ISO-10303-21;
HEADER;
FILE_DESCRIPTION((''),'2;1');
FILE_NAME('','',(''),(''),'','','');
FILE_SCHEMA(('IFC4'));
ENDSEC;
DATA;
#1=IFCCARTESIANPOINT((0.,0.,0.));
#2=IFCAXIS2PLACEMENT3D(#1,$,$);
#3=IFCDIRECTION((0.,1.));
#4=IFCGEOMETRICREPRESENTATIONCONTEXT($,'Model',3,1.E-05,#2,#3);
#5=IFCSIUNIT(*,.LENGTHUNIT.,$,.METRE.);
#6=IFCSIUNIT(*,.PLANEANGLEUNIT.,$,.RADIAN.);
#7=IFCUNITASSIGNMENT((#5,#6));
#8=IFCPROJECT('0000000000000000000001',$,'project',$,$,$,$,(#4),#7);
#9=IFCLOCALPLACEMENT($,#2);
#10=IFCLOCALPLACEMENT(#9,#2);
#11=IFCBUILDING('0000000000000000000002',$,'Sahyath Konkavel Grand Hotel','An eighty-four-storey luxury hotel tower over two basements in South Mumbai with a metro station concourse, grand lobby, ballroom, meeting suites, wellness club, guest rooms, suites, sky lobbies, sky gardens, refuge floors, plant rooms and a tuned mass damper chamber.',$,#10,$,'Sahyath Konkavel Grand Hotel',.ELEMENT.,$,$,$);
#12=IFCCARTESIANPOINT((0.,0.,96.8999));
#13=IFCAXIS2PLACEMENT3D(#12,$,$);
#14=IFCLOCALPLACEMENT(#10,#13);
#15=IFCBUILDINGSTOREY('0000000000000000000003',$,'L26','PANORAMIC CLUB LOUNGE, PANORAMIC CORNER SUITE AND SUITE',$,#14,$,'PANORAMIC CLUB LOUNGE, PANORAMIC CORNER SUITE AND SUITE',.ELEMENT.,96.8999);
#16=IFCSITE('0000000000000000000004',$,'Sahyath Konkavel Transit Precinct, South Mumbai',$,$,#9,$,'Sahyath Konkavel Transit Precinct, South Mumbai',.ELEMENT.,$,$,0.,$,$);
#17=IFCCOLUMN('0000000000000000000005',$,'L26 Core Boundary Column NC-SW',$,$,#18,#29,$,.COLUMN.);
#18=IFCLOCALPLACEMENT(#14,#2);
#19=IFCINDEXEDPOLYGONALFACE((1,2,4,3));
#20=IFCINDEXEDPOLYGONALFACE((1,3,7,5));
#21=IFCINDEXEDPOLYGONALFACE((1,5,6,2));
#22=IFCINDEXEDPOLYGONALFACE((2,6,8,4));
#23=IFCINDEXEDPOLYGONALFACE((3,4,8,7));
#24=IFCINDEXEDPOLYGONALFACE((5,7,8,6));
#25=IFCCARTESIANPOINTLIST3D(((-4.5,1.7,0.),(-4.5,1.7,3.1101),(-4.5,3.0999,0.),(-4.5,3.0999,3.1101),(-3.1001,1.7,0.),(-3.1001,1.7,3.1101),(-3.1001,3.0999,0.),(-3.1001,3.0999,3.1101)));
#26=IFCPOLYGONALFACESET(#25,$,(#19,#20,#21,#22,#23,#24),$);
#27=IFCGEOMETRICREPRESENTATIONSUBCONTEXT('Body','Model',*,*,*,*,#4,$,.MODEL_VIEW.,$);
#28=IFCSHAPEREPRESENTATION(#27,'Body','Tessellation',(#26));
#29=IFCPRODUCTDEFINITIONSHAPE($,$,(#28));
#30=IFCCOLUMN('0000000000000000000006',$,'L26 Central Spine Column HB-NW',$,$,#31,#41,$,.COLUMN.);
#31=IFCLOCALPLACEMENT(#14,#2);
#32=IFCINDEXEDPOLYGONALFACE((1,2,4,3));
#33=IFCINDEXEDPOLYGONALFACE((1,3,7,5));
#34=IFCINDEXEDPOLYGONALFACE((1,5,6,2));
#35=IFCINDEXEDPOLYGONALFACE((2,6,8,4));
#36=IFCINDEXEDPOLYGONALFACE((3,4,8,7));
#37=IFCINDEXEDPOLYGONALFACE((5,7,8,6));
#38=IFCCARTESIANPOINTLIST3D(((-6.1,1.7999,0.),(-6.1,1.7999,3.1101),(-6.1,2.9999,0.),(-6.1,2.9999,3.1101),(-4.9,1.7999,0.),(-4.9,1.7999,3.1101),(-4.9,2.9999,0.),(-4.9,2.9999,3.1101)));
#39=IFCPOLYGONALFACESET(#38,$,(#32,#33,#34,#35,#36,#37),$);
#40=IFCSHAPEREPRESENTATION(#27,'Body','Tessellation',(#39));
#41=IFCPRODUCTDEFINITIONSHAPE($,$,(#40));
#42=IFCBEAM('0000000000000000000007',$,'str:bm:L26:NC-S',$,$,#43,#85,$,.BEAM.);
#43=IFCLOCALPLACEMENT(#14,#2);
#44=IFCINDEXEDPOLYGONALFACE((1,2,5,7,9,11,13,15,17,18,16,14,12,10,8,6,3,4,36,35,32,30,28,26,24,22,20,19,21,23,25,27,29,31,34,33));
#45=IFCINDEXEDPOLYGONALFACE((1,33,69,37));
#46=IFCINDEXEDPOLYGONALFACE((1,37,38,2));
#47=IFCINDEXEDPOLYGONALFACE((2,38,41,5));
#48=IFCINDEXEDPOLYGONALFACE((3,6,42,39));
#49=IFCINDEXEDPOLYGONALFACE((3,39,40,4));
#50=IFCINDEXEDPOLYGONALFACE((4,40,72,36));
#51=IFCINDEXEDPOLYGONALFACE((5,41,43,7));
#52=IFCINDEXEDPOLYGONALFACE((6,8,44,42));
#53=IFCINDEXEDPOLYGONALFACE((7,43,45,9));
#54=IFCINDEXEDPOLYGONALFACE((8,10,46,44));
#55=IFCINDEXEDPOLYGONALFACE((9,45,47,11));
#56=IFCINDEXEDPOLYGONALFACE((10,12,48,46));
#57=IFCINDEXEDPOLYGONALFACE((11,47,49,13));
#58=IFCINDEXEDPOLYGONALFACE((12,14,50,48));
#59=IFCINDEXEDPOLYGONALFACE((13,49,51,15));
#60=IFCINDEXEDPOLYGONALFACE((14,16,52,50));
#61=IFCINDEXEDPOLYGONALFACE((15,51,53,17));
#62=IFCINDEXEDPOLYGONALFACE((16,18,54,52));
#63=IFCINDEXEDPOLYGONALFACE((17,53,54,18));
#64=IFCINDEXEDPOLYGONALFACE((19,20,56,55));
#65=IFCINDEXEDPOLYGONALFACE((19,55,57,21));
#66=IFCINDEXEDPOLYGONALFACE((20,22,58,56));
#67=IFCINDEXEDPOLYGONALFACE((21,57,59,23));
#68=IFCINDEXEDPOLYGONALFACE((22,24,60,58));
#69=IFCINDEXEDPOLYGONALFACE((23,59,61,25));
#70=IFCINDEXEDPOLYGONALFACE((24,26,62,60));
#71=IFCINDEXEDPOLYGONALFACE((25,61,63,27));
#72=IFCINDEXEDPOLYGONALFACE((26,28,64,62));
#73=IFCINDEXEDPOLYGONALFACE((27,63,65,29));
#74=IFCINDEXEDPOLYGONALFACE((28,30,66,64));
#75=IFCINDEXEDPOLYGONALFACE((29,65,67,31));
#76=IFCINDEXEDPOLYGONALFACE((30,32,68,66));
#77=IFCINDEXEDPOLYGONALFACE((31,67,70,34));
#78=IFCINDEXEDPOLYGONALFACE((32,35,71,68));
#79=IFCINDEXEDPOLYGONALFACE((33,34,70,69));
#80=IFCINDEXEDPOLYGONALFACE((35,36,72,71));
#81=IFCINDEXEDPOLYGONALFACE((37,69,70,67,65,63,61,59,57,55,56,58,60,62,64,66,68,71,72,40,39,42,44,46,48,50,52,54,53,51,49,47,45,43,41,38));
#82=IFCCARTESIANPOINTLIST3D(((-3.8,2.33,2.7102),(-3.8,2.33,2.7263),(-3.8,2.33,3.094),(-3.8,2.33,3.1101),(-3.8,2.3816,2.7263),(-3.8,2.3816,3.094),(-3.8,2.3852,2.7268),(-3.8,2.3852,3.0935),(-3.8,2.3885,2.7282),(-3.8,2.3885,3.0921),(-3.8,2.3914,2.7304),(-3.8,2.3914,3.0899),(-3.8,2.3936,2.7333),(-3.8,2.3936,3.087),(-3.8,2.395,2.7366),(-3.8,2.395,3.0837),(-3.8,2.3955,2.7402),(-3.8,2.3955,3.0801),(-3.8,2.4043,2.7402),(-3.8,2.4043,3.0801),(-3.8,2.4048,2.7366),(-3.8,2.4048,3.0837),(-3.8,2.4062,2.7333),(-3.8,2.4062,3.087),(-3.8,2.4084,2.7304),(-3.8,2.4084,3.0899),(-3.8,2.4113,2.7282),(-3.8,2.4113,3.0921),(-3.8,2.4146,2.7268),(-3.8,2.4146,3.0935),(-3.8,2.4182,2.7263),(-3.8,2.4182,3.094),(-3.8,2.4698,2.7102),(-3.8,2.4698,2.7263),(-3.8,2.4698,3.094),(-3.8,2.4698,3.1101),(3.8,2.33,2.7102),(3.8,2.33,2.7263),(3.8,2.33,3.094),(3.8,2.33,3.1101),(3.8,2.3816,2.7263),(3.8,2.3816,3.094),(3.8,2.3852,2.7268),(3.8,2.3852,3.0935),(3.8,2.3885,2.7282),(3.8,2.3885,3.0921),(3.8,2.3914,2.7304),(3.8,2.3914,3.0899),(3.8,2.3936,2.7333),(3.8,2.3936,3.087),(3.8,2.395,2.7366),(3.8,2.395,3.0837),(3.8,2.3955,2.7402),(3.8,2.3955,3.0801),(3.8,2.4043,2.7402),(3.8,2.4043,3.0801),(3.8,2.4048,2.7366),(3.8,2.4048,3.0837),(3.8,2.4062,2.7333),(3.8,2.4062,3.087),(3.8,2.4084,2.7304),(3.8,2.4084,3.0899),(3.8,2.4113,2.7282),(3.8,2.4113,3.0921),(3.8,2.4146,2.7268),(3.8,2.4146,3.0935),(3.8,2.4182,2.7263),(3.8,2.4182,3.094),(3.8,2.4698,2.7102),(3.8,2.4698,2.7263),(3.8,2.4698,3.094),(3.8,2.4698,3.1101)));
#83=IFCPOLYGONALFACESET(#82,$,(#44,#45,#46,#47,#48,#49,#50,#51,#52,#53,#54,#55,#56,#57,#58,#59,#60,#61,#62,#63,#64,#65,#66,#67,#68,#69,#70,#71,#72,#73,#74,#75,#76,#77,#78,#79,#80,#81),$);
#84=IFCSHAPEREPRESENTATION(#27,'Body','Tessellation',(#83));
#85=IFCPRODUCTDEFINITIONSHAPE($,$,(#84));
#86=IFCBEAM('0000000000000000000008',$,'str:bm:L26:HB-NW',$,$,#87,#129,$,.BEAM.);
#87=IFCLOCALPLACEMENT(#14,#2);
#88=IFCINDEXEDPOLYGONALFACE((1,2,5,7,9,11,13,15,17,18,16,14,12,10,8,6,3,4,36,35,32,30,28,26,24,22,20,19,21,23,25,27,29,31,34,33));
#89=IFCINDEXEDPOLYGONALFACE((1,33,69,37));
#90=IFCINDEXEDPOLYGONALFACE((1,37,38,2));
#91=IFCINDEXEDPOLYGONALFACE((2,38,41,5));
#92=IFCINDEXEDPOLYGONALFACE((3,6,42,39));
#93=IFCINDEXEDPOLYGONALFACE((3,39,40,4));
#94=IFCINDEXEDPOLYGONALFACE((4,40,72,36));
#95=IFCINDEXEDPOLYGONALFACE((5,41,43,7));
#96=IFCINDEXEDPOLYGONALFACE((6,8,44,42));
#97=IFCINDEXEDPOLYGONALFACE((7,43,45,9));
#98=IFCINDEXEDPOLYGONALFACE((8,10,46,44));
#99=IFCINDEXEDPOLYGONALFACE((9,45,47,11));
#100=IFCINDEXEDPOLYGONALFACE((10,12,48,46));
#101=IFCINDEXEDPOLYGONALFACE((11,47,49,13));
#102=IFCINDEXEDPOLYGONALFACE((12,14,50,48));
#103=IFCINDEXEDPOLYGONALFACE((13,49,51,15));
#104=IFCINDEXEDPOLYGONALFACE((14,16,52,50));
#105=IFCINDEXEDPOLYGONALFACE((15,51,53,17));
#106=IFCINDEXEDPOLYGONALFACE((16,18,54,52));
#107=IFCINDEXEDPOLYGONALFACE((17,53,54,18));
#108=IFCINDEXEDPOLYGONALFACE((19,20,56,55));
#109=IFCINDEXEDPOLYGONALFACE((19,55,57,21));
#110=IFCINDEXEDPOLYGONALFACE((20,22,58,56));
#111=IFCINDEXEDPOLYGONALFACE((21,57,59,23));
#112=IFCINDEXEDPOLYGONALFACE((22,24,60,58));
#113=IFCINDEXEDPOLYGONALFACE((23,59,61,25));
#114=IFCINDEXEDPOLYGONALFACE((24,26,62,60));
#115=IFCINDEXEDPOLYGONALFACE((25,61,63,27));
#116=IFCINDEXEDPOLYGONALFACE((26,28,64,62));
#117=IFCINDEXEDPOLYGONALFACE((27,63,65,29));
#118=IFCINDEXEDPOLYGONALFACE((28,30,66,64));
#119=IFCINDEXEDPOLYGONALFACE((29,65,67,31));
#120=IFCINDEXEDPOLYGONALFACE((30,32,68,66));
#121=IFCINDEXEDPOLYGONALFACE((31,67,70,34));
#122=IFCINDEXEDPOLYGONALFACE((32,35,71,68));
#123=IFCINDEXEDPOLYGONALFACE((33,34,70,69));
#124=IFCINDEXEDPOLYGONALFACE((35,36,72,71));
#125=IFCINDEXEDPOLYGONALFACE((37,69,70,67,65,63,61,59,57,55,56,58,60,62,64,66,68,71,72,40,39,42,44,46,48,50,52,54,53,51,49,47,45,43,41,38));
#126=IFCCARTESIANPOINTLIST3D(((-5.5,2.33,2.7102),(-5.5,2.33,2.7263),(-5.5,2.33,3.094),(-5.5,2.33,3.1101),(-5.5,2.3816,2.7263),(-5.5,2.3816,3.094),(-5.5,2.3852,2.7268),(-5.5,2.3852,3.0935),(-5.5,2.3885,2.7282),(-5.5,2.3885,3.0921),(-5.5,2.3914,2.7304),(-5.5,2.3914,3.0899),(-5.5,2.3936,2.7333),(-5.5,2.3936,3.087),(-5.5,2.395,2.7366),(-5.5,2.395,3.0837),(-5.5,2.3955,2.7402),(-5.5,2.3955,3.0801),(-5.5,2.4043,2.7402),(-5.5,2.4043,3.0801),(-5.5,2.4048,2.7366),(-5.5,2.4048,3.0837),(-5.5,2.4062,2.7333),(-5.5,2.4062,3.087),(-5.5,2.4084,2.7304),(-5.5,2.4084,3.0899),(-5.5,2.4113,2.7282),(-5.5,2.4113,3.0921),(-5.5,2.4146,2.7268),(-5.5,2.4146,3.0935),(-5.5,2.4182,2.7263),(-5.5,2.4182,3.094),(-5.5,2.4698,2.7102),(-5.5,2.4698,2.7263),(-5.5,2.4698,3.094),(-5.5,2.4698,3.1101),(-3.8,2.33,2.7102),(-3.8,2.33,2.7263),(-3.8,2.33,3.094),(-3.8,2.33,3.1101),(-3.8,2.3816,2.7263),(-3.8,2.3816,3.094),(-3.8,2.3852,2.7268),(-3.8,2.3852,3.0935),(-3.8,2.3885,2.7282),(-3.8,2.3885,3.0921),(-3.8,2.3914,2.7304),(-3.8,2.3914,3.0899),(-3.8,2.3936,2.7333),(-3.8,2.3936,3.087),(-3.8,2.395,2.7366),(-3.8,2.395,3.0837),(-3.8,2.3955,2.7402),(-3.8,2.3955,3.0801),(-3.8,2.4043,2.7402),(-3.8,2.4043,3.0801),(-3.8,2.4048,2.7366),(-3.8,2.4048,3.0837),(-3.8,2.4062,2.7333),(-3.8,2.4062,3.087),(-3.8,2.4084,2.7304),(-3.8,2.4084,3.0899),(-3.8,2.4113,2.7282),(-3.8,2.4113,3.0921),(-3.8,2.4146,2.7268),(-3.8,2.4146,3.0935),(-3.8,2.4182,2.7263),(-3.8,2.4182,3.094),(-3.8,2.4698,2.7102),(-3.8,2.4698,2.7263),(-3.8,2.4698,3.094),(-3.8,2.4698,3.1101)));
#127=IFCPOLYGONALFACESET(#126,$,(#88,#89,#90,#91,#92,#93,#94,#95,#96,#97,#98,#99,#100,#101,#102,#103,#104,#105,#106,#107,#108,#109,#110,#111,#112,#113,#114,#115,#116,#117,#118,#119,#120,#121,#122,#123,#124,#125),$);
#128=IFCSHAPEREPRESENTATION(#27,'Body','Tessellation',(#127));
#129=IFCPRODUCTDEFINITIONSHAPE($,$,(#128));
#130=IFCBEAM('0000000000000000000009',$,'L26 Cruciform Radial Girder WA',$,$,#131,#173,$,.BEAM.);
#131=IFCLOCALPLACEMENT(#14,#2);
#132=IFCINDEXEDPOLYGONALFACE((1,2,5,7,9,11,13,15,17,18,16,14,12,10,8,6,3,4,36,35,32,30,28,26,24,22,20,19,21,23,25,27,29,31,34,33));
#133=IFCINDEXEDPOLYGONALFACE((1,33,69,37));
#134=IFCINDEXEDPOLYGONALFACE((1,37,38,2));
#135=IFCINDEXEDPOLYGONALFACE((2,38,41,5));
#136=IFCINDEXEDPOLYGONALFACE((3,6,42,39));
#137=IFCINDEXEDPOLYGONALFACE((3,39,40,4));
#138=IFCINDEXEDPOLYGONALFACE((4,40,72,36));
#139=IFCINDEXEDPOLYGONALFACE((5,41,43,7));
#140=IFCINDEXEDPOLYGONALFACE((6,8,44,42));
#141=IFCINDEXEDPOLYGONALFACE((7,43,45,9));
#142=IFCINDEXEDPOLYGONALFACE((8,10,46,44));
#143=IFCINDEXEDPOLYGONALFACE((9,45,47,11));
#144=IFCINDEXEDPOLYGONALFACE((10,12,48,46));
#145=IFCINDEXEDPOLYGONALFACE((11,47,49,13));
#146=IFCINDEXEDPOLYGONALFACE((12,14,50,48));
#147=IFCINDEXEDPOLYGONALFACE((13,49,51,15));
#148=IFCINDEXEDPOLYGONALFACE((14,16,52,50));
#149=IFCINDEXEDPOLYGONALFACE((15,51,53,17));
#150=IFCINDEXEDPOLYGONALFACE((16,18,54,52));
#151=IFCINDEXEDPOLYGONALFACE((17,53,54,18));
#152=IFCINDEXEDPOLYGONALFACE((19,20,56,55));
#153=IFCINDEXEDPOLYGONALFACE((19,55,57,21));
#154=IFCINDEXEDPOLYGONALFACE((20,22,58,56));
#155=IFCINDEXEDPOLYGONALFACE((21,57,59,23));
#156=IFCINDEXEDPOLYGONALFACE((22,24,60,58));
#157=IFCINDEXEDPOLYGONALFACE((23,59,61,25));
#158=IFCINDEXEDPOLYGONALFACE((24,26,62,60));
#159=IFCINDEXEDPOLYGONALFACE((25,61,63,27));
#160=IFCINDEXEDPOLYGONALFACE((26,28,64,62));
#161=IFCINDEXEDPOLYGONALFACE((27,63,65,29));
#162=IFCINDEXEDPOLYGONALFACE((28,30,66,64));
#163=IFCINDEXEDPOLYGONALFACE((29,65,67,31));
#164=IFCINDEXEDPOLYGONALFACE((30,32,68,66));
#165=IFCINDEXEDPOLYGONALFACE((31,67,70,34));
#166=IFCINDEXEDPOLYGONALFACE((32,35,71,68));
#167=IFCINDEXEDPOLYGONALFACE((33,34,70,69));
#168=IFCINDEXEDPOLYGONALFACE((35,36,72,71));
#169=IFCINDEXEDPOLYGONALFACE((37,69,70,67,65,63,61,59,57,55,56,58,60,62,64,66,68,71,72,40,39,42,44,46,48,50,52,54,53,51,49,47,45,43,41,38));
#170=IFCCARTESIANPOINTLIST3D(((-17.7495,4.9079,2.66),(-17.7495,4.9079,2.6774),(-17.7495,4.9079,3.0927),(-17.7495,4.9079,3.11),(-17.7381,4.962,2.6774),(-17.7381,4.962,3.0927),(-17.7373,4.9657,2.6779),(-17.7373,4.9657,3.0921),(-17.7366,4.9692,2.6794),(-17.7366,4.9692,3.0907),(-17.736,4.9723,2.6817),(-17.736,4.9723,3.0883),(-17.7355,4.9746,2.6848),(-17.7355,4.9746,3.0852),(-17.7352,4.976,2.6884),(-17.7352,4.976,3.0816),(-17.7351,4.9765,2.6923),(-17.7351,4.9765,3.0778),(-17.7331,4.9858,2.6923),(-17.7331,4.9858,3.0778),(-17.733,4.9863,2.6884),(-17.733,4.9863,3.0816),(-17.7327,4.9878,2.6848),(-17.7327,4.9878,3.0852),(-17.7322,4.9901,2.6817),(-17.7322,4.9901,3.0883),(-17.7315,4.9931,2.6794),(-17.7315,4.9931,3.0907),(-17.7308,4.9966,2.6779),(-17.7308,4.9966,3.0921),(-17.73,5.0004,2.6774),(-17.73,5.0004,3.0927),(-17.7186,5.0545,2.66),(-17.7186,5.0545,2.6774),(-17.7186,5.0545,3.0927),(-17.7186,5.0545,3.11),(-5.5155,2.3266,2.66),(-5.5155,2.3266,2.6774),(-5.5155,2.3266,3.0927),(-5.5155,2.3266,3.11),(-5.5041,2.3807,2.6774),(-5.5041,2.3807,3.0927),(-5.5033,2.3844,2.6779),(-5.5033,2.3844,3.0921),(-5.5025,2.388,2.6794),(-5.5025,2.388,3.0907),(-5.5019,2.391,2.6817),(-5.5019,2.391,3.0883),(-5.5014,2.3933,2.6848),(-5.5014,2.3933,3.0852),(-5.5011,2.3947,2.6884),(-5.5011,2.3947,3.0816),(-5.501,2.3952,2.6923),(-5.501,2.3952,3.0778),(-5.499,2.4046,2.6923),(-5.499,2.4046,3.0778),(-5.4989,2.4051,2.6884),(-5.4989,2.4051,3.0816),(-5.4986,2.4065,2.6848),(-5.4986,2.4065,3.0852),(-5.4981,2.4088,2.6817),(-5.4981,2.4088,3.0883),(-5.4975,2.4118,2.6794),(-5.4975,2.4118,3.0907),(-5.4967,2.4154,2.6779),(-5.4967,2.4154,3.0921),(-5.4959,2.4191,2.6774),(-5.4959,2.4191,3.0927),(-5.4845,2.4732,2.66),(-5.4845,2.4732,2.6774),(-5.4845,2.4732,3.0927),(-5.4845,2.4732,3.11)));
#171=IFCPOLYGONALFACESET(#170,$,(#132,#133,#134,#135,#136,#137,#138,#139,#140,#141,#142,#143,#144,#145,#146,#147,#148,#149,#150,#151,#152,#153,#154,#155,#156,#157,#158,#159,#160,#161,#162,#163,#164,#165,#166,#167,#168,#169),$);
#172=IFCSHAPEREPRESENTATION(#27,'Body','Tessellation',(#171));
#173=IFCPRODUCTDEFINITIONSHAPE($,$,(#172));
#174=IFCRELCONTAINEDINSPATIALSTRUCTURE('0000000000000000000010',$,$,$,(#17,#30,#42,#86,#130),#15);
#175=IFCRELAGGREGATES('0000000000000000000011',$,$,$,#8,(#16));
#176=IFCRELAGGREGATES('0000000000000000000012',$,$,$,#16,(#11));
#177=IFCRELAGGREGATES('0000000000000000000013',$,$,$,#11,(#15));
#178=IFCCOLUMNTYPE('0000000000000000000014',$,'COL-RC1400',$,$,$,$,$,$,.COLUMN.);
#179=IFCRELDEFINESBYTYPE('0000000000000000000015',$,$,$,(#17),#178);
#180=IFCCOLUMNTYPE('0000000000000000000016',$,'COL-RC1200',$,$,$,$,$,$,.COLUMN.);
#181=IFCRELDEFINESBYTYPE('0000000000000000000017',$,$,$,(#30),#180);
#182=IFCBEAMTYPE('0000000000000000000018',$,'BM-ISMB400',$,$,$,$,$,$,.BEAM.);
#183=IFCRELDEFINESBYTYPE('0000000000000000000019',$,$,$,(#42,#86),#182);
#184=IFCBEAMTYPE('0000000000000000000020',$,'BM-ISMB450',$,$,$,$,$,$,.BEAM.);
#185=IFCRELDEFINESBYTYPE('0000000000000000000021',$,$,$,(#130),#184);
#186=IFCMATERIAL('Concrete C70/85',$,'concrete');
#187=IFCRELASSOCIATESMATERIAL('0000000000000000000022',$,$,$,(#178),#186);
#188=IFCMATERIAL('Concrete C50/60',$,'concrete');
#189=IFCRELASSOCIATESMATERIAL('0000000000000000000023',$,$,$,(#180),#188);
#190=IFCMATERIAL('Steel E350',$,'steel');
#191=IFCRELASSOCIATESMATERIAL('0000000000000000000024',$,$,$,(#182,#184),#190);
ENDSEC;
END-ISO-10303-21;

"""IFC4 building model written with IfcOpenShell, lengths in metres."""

from ifc_helpers import new_model, si_unit, direction, frame, origin, origin_2d, place, context, subcontext, project, spatial, rectangle, i_section, extrude, source, transform, mapped, material, material_profile, profile_set, type_object, element, save


model = new_model("IFC4")

# Units and contexts
model_context = context("Model", 3, precision=1e-05, world=origin(), true_north=direction((0.0, 1.0)))
body_context = subcontext(model_context, "Body", "Model", "MODEL_VIEW")
ifc_project = project(units=[si_unit("LENGTHUNIT", "METRE"), si_unit("PLANEANGLEUNIT", "RADIAN")], contexts=[model_context])

# Site, building, storey
site_placement = place(None, origin())
site = spatial("IfcSite", under=ifc_project, at=site_placement, Name="Sahyath Konkavel Transit Precinct, South Mumbai", LongName="Sahyath Konkavel Transit Precinct, South Mumbai", CompositionType="ELEMENT", RefElevation=0.0)
building_placement = place(site_placement, origin())
building = spatial("IfcBuilding", under=site, at=building_placement, Name="Sahyath Konkavel Grand Hotel", Description="An eighty-four-storey luxury hotel tower over two basements in South Mumbai with a metro station concourse, grand lobby, ballroom, meeting suites, wellness club, guest rooms, suites, sky lobbies, sky gardens, refuge floors, plant rooms and a tuned mass damper chamber.", LongName="Sahyath Konkavel Grand Hotel", CompositionType="ELEMENT")
storey_placement = place(building_placement, frame((0.0, 0.0, 96.8999)))
storey = spatial("IfcBuildingStorey", under=building, at=storey_placement, Name="L26", Description="PANORAMIC CLUB LOUNGE, PANORAMIC CORNER SUITE AND SUITE", LongName="PANORAMIC CLUB LOUNGE, PANORAMIC CORNER SUITE AND SUITE", CompositionType="ELEMENT", Elevation=96.8999)

# Columns
ifc_material_1 = material(Name="Concrete C70/85", Category="concrete")
ifc_material_profile_1 = material_profile(ifc_material_1, rectangle(XDim=1.3999, YDim=1.3999, at=origin_2d()), Name="RC 1400x1400")
ifc_profile_set_1 = profile_set([ifc_material_profile_1], Name="Concrete C70/85")
column_type_1 = type_object("IfcColumnType", Name="COL-RC1400", PredefinedType="COLUMN", material=ifc_profile_set_1)
shared_shape_1 = source(origin(), body_context, "Body", "SweptSolid", [
    extrude(rectangle(XDim=1.3999, YDim=1.3999, at=origin_2d()), origin(), (0.0, 0.0, 1.0), 3.1101),
])
column_1_placement = place(storey_placement, frame((-3.8, 2.3999, 0.0), z_axis=(0.0, 0.0, 1.0), x_axis=(1.0, 0.0, 0.0)))
element("IfcColumn", 1, at=column_1_placement, inside=storey, type_object=column_type_1, Name="L26 Core Boundary Column NC-SW", PredefinedType="COLUMN", context=body_context, shape_type="MappedRepresentation", body=[
    mapped(shared_shape_1, transform((0.0, 0.0, 0.0), scale=1.0)),
])
ifc_material_2 = material(Name="Concrete C50/60", Category="concrete")
ifc_material_profile_2 = material_profile(ifc_material_2, rectangle(XDim=1.2, YDim=1.2, at=origin_2d()), Name="RC 1200x1200")
ifc_profile_set_2 = profile_set([ifc_material_profile_2], Name="Concrete C50/60")
column_type_2 = type_object("IfcColumnType", Name="COL-RC1200", PredefinedType="COLUMN", material=ifc_profile_set_2)
shared_shape_2 = source(origin(), body_context, "Body", "SweptSolid", [
    extrude(rectangle(XDim=1.2, YDim=1.2, at=origin_2d()), origin(), (0.0, 0.0, 1.0), 3.1101),
])
column_2_placement = place(storey_placement, frame((-5.5, 2.3999, 0.0), z_axis=(0.0, 0.0, 1.0), x_axis=(1.0, 0.0, 0.0)))
element("IfcColumn", 2, at=column_2_placement, inside=storey, type_object=column_type_2, Name="L26 Central Spine Column HB-NW", PredefinedType="COLUMN", context=body_context, shape_type="MappedRepresentation", body=[
    mapped(shared_shape_2, transform((0.0, 0.0, 0.0), scale=1.0)),
])

# Beams
ifc_material_3 = material(Name="Steel E350", Category="steel")
ifc_material_profile_3 = material_profile(ifc_material_3, i_section(OverallWidth=0.1399, OverallDepth=0.3999, WebThickness=0.0088, FlangeThickness=0.0161, FilletRadius=0.0139, at=origin_2d()), Name="ISMB 400")
ifc_profile_set_3 = profile_set([ifc_material_profile_3], Name="Steel E350")
beam_type_1 = type_object("IfcBeamType", Name="BM-ISMB400", PredefinedType="BEAM", material=ifc_profile_set_3)
shared_shape_3 = source(origin(), body_context, "Body", "SweptSolid", [
    extrude(i_section(OverallWidth=0.1399, OverallDepth=0.3999, WebThickness=0.0088, FlangeThickness=0.0161, FilletRadius=0.0139, at=origin_2d()), origin(), (0.0, 0.0, 1.0), 7.6001),
])
beam_1_placement = place(storey_placement, frame((-3.8, 2.3999, 2.9102), z_axis=(1.0, 0.0, 0.0), x_axis=(0.0, 1.0, 0.0)))
element("IfcBeam", 3, at=beam_1_placement, inside=storey, type_object=beam_type_1, Name="str:bm:L26:NC-S", PredefinedType="BEAM", context=body_context, shape_type="MappedRepresentation", body=[
    mapped(shared_shape_3, transform((0.0, 0.0, 0.0), scale=1.0)),
])
shared_shape_4 = source(origin(), body_context, "Body", "SweptSolid", [
    extrude(i_section(OverallWidth=0.1399, OverallDepth=0.3999, WebThickness=0.0088, FlangeThickness=0.0161, FilletRadius=0.0139, at=origin_2d()), origin(), (0.0, 0.0, 1.0), 1.7),
])
beam_2_placement = place(storey_placement, frame((-5.5, 2.3999, 2.9102), z_axis=(1.0, 0.0, 0.0), x_axis=(0.0, 1.0, 0.0)))
element("IfcBeam", 4, at=beam_2_placement, inside=storey, type_object=beam_type_1, Name="str:bm:L26:HB-NW", PredefinedType="BEAM", context=body_context, shape_type="MappedRepresentation", body=[
    mapped(shared_shape_4, transform((0.0, 0.0, 0.0), scale=1.0)),
])
ifc_material_profile_4 = material_profile(ifc_material_3, i_section(OverallWidth=0.1499, OverallDepth=0.45, WebThickness=0.0095, FlangeThickness=0.0173, FilletRadius=0.0149, at=origin_2d()), Name="ISMB 450")
ifc_profile_set_4 = profile_set([ifc_material_profile_4], Name="Steel E350")
beam_type_2 = type_object("IfcBeamType", Name="BM-ISMB450", PredefinedType="BEAM", material=ifc_profile_set_4)
shared_shape_5 = source(origin(), body_context, "Body", "SweptSolid", [
    extrude(i_section(OverallWidth=0.1499, OverallDepth=0.45, WebThickness=0.0095, FlangeThickness=0.0173, FilletRadius=0.0149, at=origin_2d()), origin(), (0.0, 0.0, 1.0), 12.5034),
])
beam_3_placement = place(storey_placement, frame((-5.5, 2.3999, 2.885), z_axis=(-0.978458, 0.206446, 0.0), x_axis=(-0.206446, -0.978458, 0.0)))
element("IfcBeam", 5, at=beam_3_placement, inside=storey, type_object=beam_type_2, Name="L26 Cruciform Radial Girder WA", PredefinedType="BEAM", context=body_context, shape_type="MappedRepresentation", body=[
    mapped(shared_shape_5, transform((0.0, 0.0, 0.0), scale=1.0)),
])

save(model, "model.ifc")
